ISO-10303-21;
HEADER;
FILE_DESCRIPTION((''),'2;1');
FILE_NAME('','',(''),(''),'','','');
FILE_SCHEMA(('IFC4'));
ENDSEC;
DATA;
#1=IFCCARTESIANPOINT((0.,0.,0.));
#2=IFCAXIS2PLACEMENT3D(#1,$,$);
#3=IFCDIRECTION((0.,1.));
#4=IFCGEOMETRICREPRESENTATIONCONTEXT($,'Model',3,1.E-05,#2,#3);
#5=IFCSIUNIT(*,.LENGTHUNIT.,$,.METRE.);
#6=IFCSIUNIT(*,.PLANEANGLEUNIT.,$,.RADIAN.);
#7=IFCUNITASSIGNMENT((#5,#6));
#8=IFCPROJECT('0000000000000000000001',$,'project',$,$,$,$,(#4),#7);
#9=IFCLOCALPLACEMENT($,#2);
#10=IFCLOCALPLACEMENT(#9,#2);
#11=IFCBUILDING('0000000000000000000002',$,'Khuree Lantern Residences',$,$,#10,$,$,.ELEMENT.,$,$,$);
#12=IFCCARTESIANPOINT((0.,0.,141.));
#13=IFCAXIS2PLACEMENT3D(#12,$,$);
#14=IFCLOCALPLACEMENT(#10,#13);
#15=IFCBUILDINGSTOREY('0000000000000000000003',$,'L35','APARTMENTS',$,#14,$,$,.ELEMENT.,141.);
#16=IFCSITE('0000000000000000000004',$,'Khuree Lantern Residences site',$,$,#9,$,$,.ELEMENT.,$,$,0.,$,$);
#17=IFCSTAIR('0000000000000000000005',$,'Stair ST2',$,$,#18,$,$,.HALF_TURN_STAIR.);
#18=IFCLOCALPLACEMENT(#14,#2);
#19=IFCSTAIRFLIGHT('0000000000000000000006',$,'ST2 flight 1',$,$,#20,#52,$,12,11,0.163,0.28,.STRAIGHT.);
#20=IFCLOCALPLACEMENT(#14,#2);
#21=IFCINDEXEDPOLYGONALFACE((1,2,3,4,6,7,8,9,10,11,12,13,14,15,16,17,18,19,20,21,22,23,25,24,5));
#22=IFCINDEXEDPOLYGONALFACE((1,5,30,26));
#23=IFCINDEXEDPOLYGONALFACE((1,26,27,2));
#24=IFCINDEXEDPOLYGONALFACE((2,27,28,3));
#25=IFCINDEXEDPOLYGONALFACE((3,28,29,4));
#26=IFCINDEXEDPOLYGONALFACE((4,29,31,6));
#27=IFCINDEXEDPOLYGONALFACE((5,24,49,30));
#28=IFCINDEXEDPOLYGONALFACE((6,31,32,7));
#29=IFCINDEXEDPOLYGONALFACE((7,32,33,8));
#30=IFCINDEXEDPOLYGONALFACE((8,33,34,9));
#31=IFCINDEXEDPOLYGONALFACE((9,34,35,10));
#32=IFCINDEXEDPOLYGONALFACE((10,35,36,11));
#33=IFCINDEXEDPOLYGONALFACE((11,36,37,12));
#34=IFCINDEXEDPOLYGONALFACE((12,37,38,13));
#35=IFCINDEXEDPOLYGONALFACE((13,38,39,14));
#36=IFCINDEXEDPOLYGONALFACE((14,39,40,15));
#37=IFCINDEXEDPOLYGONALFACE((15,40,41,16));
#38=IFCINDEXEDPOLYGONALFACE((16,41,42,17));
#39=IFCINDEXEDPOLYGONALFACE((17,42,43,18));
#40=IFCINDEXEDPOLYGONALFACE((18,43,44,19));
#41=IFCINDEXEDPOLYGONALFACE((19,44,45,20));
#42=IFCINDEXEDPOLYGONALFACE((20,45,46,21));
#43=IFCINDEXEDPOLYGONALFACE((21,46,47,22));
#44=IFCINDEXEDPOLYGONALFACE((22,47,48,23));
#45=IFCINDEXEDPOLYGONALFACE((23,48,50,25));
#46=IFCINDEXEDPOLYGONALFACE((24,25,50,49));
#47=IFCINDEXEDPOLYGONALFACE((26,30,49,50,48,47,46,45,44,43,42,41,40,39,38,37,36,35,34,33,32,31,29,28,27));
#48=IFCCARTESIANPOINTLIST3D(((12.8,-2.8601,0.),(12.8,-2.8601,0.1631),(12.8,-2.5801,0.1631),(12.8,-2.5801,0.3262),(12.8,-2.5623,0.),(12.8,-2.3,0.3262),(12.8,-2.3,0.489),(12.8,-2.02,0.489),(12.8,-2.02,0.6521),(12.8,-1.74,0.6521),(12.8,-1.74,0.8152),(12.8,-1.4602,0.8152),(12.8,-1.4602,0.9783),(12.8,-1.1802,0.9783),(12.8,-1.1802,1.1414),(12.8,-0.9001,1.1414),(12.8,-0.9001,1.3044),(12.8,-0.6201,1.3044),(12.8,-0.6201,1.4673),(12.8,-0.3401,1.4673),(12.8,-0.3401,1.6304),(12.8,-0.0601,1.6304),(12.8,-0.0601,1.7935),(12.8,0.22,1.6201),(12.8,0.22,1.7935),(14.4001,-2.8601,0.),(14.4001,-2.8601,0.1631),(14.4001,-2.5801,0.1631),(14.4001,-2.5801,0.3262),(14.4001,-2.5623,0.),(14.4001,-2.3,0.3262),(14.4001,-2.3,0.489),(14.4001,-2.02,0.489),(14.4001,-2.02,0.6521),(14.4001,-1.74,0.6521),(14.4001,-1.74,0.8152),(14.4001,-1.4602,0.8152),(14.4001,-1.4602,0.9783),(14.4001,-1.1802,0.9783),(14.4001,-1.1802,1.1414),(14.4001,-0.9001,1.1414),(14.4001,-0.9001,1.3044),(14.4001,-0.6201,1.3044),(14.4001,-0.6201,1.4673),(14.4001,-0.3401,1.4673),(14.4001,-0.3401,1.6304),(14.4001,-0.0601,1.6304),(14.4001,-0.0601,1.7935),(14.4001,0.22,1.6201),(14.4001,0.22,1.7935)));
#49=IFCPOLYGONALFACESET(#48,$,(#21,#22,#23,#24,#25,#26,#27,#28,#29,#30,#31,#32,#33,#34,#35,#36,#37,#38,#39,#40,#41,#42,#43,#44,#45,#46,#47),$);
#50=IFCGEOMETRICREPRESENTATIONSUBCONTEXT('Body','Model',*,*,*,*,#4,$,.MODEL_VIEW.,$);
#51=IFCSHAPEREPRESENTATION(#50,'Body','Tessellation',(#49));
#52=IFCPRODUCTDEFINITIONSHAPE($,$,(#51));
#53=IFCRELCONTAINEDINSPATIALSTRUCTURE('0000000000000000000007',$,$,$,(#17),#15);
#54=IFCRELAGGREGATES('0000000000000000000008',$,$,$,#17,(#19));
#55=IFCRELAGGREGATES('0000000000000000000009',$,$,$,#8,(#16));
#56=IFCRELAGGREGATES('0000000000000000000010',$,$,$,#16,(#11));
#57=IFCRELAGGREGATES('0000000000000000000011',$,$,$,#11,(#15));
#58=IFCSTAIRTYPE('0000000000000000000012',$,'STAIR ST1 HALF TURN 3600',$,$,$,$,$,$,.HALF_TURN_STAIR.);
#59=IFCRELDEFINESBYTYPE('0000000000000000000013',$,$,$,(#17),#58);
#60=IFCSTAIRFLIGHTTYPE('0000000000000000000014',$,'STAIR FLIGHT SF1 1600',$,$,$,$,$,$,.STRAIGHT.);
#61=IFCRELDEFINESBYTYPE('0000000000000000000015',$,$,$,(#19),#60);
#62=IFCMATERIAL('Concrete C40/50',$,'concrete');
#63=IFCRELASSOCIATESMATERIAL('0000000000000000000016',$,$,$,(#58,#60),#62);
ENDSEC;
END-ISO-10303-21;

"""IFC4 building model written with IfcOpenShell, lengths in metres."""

from ifc_helpers import new_model, si_unit, direction, frame, origin, place, context, subcontext, project, spatial, polyline, outline, extrude, material, type_object, element, aggregate, save


model = new_model("IFC4")

# Units and contexts
model_context = context("Model", 3, precision=1e-05, world=origin(), true_north=direction((0.0, 1.0)))
body_context = subcontext(model_context, "Body", "Model", "MODEL_VIEW")
ifc_project = project(units=[si_unit("LENGTHUNIT", "METRE"), si_unit("PLANEANGLEUNIT", "RADIAN")], contexts=[model_context])

# Site, building, storey
site_placement = place(None, origin())
site = spatial("IfcSite", under=ifc_project, at=site_placement, Name="Khuree Lantern Residences site", CompositionType="ELEMENT", RefElevation=0.0)
building_placement = place(site_placement, origin())
building = spatial("IfcBuilding", under=site, at=building_placement, Name="Khuree Lantern Residences", CompositionType="ELEMENT")
storey_placement = place(building_placement, frame((0.0, 0.0, 141.0)))
storey = spatial("IfcBuildingStorey", under=building, at=storey_placement, Name="L35", Description="APARTMENTS", CompositionType="ELEMENT", Elevation=141.0)

# Stair, stair flight
ifc_material_1 = material(Name="Concrete C40/50", Category="concrete")
stair_type = type_object("IfcStairType", Name="STAIR ST1 HALF TURN 3600", PredefinedType="HALF_TURN_STAIR", material=ifc_material_1)
stair_placement = place(storey_placement, origin())
stair = element("IfcStair", 1, at=stair_placement, inside=storey, type_object=stair_type, Name="Stair ST2", PredefinedType="HALF_TURN_STAIR")
stair_flight_type = type_object("IfcStairFlightType", Name="STAIR FLIGHT SF1 1600", PredefinedType="STRAIGHT", material=ifc_material_1)
stair_flight_placement = place(storey_placement, frame((13.6001, -2.8601, 0.0), z_axis=(0.0, 0.0, 1.0), x_axis=(0.0, 1.0, 0.0)))
stair_flight = element("IfcStairFlight", 2, at=stair_flight_placement, type_object=stair_flight_type, Name="ST2 flight 1", NumberOfRisers=12, NumberOfTreads=11, PredefinedType="STRAIGHT", RiserHeight=0.163, TreadLength=0.28, context=body_context, shape_type="SweptSolid", body=[
    extrude(outline(polyline([(0.0, 0.0), (0.0, 0.1631), (0.28, 0.1631), (0.28, 0.3262), (0.5601, 0.3262), (0.5601, 0.489), (0.8401, 0.489), (0.8401, 0.6521), (1.1201, 0.6521), (1.1201, 0.8152), (1.3999, 0.8152), (1.3999, 0.9783), (1.6799, 0.9783), (1.6799, 1.1414), (1.96, 1.1414), (1.96, 1.3044), (2.24, 1.3044), (2.24, 1.4673), (2.52, 1.4673), (2.52, 1.6304), (2.8, 1.6304), (2.8, 1.7935), (3.0801, 1.7935), (3.0801, 1.9565), (3.0801, 1.6201), (0.2979, 0.0), (0.0, 0.0)])), frame((0.0, 0.8, 0.0), z_axis=(0.0, -1.0, 0.0), x_axis=(1.0, 0.0, 0.0)), (0.0, 0.0, 1.0), 1.6001),
])
aggregate(stair, [stair_flight])

save(model, "model.ifc")
